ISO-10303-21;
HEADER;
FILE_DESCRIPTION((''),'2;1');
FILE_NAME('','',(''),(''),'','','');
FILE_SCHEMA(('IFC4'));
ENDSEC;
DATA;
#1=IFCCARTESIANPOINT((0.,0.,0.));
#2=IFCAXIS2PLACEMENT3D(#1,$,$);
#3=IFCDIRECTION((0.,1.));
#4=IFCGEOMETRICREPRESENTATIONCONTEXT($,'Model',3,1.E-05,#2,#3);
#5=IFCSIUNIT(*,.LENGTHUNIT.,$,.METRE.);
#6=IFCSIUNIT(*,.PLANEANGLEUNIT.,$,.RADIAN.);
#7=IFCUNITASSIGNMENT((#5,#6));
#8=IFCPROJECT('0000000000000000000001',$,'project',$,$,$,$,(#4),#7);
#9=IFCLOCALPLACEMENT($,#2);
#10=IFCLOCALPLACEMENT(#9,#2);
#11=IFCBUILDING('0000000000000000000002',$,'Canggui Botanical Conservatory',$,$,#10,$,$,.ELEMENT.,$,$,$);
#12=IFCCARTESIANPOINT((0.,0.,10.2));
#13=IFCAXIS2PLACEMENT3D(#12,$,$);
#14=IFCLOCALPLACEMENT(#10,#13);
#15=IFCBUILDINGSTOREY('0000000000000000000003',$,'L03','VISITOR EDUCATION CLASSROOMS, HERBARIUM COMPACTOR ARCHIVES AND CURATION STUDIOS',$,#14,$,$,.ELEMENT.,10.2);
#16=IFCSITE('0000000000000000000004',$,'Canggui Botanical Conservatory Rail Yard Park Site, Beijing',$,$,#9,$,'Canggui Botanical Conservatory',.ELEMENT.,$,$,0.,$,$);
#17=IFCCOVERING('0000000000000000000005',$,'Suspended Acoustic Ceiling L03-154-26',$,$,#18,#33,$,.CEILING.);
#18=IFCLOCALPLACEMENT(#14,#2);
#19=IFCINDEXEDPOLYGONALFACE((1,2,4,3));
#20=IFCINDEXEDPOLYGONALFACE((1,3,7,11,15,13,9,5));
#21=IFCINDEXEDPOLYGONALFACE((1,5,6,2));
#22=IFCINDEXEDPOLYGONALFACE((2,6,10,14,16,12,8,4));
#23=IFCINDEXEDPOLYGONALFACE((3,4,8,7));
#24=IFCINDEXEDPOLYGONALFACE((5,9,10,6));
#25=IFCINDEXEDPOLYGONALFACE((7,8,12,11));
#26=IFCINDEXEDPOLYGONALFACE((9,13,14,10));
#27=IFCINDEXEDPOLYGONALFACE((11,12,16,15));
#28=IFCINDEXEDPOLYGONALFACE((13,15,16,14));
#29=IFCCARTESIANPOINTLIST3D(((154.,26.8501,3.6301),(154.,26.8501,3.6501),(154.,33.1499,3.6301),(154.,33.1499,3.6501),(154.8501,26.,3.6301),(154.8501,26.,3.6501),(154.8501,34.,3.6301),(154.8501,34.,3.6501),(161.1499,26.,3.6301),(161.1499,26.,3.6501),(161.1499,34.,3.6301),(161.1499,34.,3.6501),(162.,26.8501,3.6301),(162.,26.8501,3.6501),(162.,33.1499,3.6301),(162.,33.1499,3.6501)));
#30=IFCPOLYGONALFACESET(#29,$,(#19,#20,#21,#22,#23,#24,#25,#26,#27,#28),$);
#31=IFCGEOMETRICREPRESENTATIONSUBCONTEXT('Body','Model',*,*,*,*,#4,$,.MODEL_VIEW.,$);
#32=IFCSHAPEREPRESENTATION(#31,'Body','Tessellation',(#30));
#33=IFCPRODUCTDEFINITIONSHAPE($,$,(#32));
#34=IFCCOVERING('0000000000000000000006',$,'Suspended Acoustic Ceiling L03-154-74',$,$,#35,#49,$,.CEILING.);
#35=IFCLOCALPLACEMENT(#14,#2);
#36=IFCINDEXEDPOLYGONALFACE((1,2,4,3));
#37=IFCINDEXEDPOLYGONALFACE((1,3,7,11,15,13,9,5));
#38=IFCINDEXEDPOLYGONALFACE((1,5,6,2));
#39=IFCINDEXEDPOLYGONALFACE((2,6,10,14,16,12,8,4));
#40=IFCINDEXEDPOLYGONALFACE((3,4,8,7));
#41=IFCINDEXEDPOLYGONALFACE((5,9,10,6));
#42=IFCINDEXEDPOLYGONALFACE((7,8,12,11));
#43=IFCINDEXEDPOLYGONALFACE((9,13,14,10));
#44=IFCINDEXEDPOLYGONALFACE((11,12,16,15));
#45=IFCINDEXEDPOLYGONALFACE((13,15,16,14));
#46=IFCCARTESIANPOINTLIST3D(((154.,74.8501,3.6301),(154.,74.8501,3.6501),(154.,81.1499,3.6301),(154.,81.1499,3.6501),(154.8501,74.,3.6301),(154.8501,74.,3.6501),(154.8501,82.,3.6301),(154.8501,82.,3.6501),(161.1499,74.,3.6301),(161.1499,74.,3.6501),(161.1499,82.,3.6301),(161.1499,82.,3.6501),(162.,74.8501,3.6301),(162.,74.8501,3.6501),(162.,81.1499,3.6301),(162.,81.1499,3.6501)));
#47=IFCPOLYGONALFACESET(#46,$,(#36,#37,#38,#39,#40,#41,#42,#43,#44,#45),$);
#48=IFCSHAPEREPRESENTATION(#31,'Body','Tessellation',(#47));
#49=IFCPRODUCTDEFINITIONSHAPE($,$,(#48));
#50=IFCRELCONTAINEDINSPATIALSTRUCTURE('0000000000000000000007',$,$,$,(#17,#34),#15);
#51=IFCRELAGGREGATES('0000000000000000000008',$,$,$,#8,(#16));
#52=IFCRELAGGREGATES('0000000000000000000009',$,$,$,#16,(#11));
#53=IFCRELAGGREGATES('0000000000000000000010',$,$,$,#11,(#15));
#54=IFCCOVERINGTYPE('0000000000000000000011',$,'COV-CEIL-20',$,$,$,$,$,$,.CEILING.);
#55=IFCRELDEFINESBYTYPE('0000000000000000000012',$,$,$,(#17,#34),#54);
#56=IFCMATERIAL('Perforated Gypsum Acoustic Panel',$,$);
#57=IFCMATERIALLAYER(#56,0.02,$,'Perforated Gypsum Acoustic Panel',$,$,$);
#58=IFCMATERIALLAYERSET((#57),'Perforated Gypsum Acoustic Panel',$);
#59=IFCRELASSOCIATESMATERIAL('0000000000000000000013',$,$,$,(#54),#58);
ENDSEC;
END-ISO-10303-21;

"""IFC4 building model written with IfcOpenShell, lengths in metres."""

from ifc_helpers import new_model, si_unit, direction, frame, origin, place, context, subcontext, project, spatial, polyline, outline, extrude, material, layer, layer_set, type_object, element, save


model = new_model("IFC4")

# Units and contexts
model_context = context("Model", 3, precision=1e-05, world=origin(), true_north=direction((0.0, 1.0)))
body_context = subcontext(model_context, "Body", "Model", "MODEL_VIEW")
ifc_project = project(units=[si_unit("LENGTHUNIT", "METRE"), si_unit("PLANEANGLEUNIT", "RADIAN")], contexts=[model_context])

# Site, building, storey
site_placement = place(None, origin())
site = spatial("IfcSite", under=ifc_project, at=site_placement, Name="Canggui Botanical Conservatory Rail Yard Park Site, Beijing", LongName="Canggui Botanical Conservatory", CompositionType="ELEMENT", RefElevation=0.0)
building_placement = place(site_placement, origin())
building = spatial("IfcBuilding", under=site, at=building_placement, Name="Canggui Botanical Conservatory", CompositionType="ELEMENT")
storey_placement = place(building_placement, frame((0.0, 0.0, 10.2)))
storey = spatial("IfcBuildingStorey", under=building, at=storey_placement, Name="L03", Description="VISITOR EDUCATION CLASSROOMS, HERBARIUM COMPACTOR ARCHIVES AND CURATION STUDIOS", CompositionType="ELEMENT", Elevation=10.2)

# Coverings
ifc_material_1 = material(Name="Perforated Gypsum Acoustic Panel")
ifc_layer_1 = layer(ifc_material_1, 0.02, Name="Perforated Gypsum Acoustic Panel")
ifc_layer_set_1 = layer_set([ifc_layer_1], Name="Perforated Gypsum Acoustic Panel")
covering_type_1 = type_object("IfcCoveringType", Name="COV-CEIL-20", PredefinedType="CEILING", material=ifc_layer_set_1)
covering_1_placement = place(storey_placement, frame((0.0, 0.0, 3.6301)))
element("IfcCovering", 1, at=covering_1_placement, inside=storey, type_object=covering_type_1, Name="Suspended Acoustic Ceiling L03-154-26", PredefinedType="CEILING", context=body_context, shape_type="SweptSolid", body=[
    extrude(outline(polyline([(154.8501, 26.0), (161.1499, 26.0), (162.0, 26.8501), (162.0, 33.1499), (161.1499, 34.0), (154.8501, 34.0), (154.0, 33.1499), (154.0, 26.8501), (154.8501, 26.0)])), origin(), (0.0, 0.0, 1.0), 0.02),
])
covering_2_placement = place(storey_placement, frame((0.0, 0.0, 3.6301)))
element("IfcCovering", 2, at=covering_2_placement, inside=storey, type_object=covering_type_1, Name="Suspended Acoustic Ceiling L03-154-74", PredefinedType="CEILING", context=body_context, shape_type="SweptSolid", body=[
    extrude(outline(polyline([(154.8501, 74.0), (161.1499, 74.0), (162.0, 74.8501), (162.0, 81.1499), (161.1499, 82.0), (154.8501, 82.0), (154.0, 81.1499), (154.0, 74.8501), (154.8501, 74.0)])), origin(), (0.0, 0.0, 1.0), 0.02),
])

save(model, "model.ifc")
